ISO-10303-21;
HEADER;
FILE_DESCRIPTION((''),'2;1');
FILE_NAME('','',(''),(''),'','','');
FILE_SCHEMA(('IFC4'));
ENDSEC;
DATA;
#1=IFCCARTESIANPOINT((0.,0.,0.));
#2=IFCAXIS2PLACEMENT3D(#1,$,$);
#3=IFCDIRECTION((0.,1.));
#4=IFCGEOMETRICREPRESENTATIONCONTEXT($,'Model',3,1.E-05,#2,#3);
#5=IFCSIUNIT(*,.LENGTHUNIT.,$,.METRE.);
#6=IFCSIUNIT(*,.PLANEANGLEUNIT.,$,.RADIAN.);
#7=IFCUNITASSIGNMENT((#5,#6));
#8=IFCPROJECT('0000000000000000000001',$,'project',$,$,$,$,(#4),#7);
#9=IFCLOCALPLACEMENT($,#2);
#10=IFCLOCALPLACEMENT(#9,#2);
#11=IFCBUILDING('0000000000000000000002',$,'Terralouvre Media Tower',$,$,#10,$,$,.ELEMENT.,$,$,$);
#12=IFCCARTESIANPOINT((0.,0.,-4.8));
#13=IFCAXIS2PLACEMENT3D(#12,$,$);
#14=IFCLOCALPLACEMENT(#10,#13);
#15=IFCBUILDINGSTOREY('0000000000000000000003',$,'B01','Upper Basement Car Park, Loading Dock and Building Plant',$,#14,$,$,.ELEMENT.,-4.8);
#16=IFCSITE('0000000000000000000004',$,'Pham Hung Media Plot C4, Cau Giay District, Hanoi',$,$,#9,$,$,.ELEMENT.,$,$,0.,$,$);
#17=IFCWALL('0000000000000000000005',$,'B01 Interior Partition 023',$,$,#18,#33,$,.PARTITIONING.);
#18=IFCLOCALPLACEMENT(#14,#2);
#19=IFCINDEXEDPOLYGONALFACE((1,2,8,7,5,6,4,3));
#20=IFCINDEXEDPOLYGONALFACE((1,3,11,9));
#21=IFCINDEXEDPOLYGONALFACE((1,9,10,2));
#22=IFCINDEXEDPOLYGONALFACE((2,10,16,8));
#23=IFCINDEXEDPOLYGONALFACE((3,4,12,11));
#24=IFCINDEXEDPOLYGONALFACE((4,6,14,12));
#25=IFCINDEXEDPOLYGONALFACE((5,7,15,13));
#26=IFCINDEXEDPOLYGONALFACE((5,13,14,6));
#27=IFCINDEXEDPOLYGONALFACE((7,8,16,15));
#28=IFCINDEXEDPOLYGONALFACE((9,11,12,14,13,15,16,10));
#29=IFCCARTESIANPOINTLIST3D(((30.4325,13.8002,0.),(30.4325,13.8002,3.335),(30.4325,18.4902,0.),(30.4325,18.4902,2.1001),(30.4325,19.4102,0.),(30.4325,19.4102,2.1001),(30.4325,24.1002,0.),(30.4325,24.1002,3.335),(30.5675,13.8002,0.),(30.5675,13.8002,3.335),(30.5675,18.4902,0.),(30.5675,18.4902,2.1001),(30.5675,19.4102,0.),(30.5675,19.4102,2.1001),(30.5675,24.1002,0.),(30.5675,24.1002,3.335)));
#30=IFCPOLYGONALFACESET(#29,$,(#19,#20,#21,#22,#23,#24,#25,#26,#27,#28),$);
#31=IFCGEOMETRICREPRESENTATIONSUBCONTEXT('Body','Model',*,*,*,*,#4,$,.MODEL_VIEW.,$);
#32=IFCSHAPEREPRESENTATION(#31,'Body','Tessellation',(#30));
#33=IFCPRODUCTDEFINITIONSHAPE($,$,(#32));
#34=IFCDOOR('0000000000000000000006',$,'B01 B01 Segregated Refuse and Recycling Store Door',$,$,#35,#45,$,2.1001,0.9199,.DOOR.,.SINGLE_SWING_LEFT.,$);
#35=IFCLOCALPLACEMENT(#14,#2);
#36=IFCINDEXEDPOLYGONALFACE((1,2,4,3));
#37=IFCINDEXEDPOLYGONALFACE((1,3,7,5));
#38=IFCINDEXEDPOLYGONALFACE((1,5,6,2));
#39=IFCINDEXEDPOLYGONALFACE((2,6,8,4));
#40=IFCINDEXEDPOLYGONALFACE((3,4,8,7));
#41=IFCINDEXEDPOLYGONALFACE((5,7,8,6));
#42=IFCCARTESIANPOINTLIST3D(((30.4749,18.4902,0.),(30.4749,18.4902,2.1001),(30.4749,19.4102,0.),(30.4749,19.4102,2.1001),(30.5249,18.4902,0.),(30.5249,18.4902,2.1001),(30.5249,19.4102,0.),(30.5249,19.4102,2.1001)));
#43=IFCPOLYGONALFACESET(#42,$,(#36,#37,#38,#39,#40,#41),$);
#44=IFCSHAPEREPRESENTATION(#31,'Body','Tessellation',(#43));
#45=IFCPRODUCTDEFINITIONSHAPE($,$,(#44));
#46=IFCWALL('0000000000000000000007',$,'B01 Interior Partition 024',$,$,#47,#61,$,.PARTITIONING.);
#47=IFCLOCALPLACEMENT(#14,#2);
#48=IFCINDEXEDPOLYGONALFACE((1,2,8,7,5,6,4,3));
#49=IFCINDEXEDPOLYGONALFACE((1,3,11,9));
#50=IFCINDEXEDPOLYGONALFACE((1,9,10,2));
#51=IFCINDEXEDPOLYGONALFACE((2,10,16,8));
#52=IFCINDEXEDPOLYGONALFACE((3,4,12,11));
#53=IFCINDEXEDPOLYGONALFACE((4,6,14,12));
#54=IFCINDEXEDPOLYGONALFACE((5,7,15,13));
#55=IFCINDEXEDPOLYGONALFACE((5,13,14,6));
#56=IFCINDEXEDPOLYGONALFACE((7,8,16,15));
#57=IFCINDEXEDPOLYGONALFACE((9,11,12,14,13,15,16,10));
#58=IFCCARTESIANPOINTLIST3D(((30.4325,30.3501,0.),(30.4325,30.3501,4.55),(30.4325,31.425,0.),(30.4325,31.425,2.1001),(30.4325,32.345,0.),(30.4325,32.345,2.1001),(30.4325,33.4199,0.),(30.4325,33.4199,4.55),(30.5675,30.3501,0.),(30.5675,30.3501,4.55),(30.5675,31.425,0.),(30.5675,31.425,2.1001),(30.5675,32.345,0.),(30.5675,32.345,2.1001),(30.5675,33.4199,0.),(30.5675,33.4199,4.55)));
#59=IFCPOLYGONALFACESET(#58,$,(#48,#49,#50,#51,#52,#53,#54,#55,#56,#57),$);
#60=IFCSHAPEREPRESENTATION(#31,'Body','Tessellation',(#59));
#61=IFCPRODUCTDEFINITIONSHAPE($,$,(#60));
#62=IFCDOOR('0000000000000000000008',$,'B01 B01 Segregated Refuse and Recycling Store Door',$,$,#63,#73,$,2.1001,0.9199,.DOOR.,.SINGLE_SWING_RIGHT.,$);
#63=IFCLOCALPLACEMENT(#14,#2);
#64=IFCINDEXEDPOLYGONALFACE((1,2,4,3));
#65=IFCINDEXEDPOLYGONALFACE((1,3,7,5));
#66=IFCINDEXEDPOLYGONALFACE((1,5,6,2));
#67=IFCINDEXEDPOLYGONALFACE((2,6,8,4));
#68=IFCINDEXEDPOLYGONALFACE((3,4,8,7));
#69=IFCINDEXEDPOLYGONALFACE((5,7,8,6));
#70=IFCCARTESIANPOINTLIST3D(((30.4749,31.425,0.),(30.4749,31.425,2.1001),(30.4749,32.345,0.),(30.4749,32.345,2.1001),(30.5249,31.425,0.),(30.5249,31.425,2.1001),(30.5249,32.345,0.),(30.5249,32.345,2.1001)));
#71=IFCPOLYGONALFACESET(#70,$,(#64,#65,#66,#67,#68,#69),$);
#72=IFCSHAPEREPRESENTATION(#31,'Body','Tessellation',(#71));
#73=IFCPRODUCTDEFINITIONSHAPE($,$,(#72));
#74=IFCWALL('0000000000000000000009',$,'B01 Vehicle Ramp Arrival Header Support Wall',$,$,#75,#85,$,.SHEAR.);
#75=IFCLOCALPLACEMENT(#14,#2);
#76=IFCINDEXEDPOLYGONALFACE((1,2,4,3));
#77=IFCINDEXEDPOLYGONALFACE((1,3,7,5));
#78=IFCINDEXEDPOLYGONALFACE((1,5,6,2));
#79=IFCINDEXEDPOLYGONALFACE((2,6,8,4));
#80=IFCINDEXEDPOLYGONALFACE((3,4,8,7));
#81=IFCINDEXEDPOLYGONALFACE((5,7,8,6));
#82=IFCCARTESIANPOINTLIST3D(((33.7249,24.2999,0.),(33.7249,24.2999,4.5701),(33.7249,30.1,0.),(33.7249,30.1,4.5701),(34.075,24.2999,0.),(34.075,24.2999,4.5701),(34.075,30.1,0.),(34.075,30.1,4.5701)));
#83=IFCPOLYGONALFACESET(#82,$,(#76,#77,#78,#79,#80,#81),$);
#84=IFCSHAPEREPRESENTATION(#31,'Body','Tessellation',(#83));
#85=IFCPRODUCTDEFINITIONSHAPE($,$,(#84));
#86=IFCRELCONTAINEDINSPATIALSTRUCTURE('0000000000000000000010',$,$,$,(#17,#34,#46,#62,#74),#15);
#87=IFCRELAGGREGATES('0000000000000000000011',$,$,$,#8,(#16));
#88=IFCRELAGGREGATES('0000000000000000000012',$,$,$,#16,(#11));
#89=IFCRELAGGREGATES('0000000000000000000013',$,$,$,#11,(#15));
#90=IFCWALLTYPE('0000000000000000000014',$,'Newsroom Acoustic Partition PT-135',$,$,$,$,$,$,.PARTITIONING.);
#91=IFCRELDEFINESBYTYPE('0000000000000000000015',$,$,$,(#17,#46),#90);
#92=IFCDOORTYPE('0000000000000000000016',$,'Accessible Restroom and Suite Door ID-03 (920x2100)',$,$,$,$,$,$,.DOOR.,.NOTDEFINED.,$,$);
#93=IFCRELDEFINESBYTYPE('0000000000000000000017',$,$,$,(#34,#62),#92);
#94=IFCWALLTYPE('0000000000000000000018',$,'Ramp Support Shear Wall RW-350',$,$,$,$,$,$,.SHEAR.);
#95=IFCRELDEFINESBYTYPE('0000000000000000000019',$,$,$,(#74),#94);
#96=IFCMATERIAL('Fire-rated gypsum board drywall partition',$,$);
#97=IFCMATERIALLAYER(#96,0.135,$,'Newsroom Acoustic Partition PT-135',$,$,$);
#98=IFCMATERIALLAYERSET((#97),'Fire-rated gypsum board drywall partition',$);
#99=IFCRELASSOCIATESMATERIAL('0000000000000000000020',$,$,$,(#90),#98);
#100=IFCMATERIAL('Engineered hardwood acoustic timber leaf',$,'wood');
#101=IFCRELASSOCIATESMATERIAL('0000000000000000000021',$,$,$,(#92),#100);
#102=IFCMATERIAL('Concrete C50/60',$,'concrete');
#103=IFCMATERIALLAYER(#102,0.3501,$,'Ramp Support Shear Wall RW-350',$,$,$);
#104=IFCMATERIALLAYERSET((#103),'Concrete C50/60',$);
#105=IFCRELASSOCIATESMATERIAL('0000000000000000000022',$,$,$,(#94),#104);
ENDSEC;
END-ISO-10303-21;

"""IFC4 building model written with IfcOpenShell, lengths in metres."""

from ifc_helpers import new_model, si_unit, direction, frame, frame_2d, origin, place, context, subcontext, project, spatial, rectangle, extrude, material, layer, layer_set, type_object, element, fill, save


model = new_model("IFC4")

# Units and contexts
model_context = context("Model", 3, precision=1e-05, world=origin(), true_north=direction((0.0, 1.0)))
body_context = subcontext(model_context, "Body", "Model", "MODEL_VIEW")
ifc_project = project(units=[si_unit("LENGTHUNIT", "METRE"), si_unit("PLANEANGLEUNIT", "RADIAN")], contexts=[model_context])

# Site, building, storey
site_placement = place(None, origin())
site = spatial("IfcSite", under=ifc_project, at=site_placement, Name="Pham Hung Media Plot C4, Cau Giay District, Hanoi", CompositionType="ELEMENT", RefElevation=0.0)
building_placement = place(site_placement, origin())
building = spatial("IfcBuilding", under=site, at=building_placement, Name="Terralouvre Media Tower", CompositionType="ELEMENT")
storey_placement = place(building_placement, frame((0.0, 0.0, -4.8)))
storey = spatial("IfcBuildingStorey", under=building, at=storey_placement, Name="B01", Description="Upper Basement Car Park, Loading Dock and Building Plant", CompositionType="ELEMENT", Elevation=-4.8)

# Shared definitions
ifc_material_1 = material(Name="Fire-rated gypsum board drywall partition")
ifc_layer_1 = layer(ifc_material_1, 0.135, Name="Newsroom Acoustic Partition PT-135")
ifc_layer_set_1 = layer_set([ifc_layer_1], Name="Fire-rated gypsum board drywall partition")
wall_type_1 = type_object("IfcWallType", Name="Newsroom Acoustic Partition PT-135", PredefinedType="PARTITIONING", material=ifc_layer_set_1)

# Walls, openings, doors
wall_1_placement = place(storey_placement, frame((30.5, 24.1001, 0.0), z_axis=(0.0, 0.0, 1.0), x_axis=(0.0, -1.0, 0.0)))
wall_1 = element("IfcWall", 1, at=wall_1_placement, inside=storey, type_object=wall_type_1, Name="B01 Interior Partition 023", PredefinedType="PARTITIONING", context=body_context, shape_type="SweptSolid", body=[
    extrude(rectangle(XDim=10.3, YDim=0.135, at=frame_2d((5.1499, 0.0))), origin(), (0.0, 0.0, 1.0), 3.335),
])
opening_1_placement = place(wall_1_placement, frame((4.6899, 0.0, 0.0)))
opening_1 = element("IfcOpeningElement", 2, at=opening_1_placement, cuts=wall_1, PredefinedType="OPENING", context=body_context, shape_type="SweptSolid", body=[
    extrude(rectangle(XDim=0.9199, YDim=2.1001, at=frame_2d((0.46, 1.05))), frame((0.0, 0.0774, 0.0), z_axis=(0.0, -1.0, 0.0), x_axis=(1.0, 0.0, 0.0)), (0.0, 0.0, 1.0), 0.155),
])
ifc_material_2 = material(Name="Engineered hardwood acoustic timber leaf", Category="wood")
door_type_1 = type_object("IfcDoorType", Name="Accessible Restroom and Suite Door ID-03 (920x2100)", OperationType="NOTDEFINED", PredefinedType="DOOR", material=ifc_material_2)
door_1_placement = place(opening_1_placement, origin())
door_1 = element("IfcDoor", 3, at=door_1_placement, inside=storey, type_object=door_type_1, Name="B01 B01 Segregated Refuse and Recycling Store Door", OperationType="SINGLE_SWING_LEFT", OverallHeight=2.1001, OverallWidth=0.9199, PredefinedType="DOOR", context=body_context, shape_type="SweptSolid", body=[
    extrude(rectangle(XDim=0.9199, YDim=2.1001, at=frame_2d((0.46, 1.05))), frame((0.0, 0.0249, 0.0), z_axis=(0.0, -1.0, 0.0), x_axis=(1.0, 0.0, 0.0)), (0.0, 0.0, 1.0), 0.05),
])
fill(opening_1, door_1)
wall_2_placement = place(storey_placement, frame((30.5, 33.4199, 0.0), z_axis=(0.0, 0.0, 1.0), x_axis=(0.0, -1.0, 0.0)))
wall_2 = element("IfcWall", 4, at=wall_2_placement, inside=storey, type_object=wall_type_1, Name="B01 Interior Partition 024", PredefinedType="PARTITIONING", context=body_context, shape_type="SweptSolid", body=[
    extrude(rectangle(XDim=3.0698, YDim=0.135, at=frame_2d((1.5349, 0.0))), origin(), (0.0, 0.0, 1.0), 4.55),
])
opening_2_placement = place(wall_2_placement, frame((1.075, 0.0, 0.0)))
opening_2 = element("IfcOpeningElement", 5, at=opening_2_placement, cuts=wall_2, PredefinedType="OPENING", context=body_context, shape_type="SweptSolid", body=[
    extrude(rectangle(XDim=0.9199, YDim=2.1001, at=frame_2d((0.46, 1.05))), frame((0.0, 0.0774, 0.0), z_axis=(0.0, -1.0, 0.0), x_axis=(1.0, 0.0, 0.0)), (0.0, 0.0, 1.0), 0.155),
])
door_2_placement = place(opening_2_placement, origin())
door_2 = element("IfcDoor", 6, at=door_2_placement, inside=storey, type_object=door_type_1, Name="B01 B01 Segregated Refuse and Recycling Store Door", OperationType="SINGLE_SWING_RIGHT", OverallHeight=2.1001, OverallWidth=0.9199, PredefinedType="DOOR", context=body_context, shape_type="SweptSolid", body=[
    extrude(rectangle(XDim=0.9199, YDim=2.1001, at=frame_2d((0.46, 1.05))), frame((0.0, 0.0249, 0.0), z_axis=(0.0, -1.0, 0.0), x_axis=(1.0, 0.0, 0.0)), (0.0, 0.0, 1.0), 0.05),
])
fill(opening_2, door_2)

# Wall
ifc_material_3 = material(Name="Concrete C50/60", Category="concrete")
ifc_layer_2 = layer(ifc_material_3, 0.3501, Name="Ramp Support Shear Wall RW-350")
ifc_layer_set_2 = layer_set([ifc_layer_2], Name="Concrete C50/60")
wall_type_2 = type_object("IfcWallType", Name="Ramp Support Shear Wall RW-350", PredefinedType="SHEAR", material=ifc_layer_set_2)
wall_3_placement = place(storey_placement, frame((33.8999, 24.3, 0.0), z_axis=(0.0, 0.0, 1.0), x_axis=(0.0, 1.0, 0.0)))
element("IfcWall", 7, at=wall_3_placement, inside=storey, type_object=wall_type_2, Name="B01 Vehicle Ramp Arrival Header Support Wall", PredefinedType="SHEAR", context=body_context, shape_type="SweptSolid", body=[
    extrude(rectangle(XDim=5.8, YDim=0.3501, at=frame_2d((2.8999, 0.0))), origin(), (0.0, 0.0, 1.0), 4.5701),
])

save(model, "model.ifc")
